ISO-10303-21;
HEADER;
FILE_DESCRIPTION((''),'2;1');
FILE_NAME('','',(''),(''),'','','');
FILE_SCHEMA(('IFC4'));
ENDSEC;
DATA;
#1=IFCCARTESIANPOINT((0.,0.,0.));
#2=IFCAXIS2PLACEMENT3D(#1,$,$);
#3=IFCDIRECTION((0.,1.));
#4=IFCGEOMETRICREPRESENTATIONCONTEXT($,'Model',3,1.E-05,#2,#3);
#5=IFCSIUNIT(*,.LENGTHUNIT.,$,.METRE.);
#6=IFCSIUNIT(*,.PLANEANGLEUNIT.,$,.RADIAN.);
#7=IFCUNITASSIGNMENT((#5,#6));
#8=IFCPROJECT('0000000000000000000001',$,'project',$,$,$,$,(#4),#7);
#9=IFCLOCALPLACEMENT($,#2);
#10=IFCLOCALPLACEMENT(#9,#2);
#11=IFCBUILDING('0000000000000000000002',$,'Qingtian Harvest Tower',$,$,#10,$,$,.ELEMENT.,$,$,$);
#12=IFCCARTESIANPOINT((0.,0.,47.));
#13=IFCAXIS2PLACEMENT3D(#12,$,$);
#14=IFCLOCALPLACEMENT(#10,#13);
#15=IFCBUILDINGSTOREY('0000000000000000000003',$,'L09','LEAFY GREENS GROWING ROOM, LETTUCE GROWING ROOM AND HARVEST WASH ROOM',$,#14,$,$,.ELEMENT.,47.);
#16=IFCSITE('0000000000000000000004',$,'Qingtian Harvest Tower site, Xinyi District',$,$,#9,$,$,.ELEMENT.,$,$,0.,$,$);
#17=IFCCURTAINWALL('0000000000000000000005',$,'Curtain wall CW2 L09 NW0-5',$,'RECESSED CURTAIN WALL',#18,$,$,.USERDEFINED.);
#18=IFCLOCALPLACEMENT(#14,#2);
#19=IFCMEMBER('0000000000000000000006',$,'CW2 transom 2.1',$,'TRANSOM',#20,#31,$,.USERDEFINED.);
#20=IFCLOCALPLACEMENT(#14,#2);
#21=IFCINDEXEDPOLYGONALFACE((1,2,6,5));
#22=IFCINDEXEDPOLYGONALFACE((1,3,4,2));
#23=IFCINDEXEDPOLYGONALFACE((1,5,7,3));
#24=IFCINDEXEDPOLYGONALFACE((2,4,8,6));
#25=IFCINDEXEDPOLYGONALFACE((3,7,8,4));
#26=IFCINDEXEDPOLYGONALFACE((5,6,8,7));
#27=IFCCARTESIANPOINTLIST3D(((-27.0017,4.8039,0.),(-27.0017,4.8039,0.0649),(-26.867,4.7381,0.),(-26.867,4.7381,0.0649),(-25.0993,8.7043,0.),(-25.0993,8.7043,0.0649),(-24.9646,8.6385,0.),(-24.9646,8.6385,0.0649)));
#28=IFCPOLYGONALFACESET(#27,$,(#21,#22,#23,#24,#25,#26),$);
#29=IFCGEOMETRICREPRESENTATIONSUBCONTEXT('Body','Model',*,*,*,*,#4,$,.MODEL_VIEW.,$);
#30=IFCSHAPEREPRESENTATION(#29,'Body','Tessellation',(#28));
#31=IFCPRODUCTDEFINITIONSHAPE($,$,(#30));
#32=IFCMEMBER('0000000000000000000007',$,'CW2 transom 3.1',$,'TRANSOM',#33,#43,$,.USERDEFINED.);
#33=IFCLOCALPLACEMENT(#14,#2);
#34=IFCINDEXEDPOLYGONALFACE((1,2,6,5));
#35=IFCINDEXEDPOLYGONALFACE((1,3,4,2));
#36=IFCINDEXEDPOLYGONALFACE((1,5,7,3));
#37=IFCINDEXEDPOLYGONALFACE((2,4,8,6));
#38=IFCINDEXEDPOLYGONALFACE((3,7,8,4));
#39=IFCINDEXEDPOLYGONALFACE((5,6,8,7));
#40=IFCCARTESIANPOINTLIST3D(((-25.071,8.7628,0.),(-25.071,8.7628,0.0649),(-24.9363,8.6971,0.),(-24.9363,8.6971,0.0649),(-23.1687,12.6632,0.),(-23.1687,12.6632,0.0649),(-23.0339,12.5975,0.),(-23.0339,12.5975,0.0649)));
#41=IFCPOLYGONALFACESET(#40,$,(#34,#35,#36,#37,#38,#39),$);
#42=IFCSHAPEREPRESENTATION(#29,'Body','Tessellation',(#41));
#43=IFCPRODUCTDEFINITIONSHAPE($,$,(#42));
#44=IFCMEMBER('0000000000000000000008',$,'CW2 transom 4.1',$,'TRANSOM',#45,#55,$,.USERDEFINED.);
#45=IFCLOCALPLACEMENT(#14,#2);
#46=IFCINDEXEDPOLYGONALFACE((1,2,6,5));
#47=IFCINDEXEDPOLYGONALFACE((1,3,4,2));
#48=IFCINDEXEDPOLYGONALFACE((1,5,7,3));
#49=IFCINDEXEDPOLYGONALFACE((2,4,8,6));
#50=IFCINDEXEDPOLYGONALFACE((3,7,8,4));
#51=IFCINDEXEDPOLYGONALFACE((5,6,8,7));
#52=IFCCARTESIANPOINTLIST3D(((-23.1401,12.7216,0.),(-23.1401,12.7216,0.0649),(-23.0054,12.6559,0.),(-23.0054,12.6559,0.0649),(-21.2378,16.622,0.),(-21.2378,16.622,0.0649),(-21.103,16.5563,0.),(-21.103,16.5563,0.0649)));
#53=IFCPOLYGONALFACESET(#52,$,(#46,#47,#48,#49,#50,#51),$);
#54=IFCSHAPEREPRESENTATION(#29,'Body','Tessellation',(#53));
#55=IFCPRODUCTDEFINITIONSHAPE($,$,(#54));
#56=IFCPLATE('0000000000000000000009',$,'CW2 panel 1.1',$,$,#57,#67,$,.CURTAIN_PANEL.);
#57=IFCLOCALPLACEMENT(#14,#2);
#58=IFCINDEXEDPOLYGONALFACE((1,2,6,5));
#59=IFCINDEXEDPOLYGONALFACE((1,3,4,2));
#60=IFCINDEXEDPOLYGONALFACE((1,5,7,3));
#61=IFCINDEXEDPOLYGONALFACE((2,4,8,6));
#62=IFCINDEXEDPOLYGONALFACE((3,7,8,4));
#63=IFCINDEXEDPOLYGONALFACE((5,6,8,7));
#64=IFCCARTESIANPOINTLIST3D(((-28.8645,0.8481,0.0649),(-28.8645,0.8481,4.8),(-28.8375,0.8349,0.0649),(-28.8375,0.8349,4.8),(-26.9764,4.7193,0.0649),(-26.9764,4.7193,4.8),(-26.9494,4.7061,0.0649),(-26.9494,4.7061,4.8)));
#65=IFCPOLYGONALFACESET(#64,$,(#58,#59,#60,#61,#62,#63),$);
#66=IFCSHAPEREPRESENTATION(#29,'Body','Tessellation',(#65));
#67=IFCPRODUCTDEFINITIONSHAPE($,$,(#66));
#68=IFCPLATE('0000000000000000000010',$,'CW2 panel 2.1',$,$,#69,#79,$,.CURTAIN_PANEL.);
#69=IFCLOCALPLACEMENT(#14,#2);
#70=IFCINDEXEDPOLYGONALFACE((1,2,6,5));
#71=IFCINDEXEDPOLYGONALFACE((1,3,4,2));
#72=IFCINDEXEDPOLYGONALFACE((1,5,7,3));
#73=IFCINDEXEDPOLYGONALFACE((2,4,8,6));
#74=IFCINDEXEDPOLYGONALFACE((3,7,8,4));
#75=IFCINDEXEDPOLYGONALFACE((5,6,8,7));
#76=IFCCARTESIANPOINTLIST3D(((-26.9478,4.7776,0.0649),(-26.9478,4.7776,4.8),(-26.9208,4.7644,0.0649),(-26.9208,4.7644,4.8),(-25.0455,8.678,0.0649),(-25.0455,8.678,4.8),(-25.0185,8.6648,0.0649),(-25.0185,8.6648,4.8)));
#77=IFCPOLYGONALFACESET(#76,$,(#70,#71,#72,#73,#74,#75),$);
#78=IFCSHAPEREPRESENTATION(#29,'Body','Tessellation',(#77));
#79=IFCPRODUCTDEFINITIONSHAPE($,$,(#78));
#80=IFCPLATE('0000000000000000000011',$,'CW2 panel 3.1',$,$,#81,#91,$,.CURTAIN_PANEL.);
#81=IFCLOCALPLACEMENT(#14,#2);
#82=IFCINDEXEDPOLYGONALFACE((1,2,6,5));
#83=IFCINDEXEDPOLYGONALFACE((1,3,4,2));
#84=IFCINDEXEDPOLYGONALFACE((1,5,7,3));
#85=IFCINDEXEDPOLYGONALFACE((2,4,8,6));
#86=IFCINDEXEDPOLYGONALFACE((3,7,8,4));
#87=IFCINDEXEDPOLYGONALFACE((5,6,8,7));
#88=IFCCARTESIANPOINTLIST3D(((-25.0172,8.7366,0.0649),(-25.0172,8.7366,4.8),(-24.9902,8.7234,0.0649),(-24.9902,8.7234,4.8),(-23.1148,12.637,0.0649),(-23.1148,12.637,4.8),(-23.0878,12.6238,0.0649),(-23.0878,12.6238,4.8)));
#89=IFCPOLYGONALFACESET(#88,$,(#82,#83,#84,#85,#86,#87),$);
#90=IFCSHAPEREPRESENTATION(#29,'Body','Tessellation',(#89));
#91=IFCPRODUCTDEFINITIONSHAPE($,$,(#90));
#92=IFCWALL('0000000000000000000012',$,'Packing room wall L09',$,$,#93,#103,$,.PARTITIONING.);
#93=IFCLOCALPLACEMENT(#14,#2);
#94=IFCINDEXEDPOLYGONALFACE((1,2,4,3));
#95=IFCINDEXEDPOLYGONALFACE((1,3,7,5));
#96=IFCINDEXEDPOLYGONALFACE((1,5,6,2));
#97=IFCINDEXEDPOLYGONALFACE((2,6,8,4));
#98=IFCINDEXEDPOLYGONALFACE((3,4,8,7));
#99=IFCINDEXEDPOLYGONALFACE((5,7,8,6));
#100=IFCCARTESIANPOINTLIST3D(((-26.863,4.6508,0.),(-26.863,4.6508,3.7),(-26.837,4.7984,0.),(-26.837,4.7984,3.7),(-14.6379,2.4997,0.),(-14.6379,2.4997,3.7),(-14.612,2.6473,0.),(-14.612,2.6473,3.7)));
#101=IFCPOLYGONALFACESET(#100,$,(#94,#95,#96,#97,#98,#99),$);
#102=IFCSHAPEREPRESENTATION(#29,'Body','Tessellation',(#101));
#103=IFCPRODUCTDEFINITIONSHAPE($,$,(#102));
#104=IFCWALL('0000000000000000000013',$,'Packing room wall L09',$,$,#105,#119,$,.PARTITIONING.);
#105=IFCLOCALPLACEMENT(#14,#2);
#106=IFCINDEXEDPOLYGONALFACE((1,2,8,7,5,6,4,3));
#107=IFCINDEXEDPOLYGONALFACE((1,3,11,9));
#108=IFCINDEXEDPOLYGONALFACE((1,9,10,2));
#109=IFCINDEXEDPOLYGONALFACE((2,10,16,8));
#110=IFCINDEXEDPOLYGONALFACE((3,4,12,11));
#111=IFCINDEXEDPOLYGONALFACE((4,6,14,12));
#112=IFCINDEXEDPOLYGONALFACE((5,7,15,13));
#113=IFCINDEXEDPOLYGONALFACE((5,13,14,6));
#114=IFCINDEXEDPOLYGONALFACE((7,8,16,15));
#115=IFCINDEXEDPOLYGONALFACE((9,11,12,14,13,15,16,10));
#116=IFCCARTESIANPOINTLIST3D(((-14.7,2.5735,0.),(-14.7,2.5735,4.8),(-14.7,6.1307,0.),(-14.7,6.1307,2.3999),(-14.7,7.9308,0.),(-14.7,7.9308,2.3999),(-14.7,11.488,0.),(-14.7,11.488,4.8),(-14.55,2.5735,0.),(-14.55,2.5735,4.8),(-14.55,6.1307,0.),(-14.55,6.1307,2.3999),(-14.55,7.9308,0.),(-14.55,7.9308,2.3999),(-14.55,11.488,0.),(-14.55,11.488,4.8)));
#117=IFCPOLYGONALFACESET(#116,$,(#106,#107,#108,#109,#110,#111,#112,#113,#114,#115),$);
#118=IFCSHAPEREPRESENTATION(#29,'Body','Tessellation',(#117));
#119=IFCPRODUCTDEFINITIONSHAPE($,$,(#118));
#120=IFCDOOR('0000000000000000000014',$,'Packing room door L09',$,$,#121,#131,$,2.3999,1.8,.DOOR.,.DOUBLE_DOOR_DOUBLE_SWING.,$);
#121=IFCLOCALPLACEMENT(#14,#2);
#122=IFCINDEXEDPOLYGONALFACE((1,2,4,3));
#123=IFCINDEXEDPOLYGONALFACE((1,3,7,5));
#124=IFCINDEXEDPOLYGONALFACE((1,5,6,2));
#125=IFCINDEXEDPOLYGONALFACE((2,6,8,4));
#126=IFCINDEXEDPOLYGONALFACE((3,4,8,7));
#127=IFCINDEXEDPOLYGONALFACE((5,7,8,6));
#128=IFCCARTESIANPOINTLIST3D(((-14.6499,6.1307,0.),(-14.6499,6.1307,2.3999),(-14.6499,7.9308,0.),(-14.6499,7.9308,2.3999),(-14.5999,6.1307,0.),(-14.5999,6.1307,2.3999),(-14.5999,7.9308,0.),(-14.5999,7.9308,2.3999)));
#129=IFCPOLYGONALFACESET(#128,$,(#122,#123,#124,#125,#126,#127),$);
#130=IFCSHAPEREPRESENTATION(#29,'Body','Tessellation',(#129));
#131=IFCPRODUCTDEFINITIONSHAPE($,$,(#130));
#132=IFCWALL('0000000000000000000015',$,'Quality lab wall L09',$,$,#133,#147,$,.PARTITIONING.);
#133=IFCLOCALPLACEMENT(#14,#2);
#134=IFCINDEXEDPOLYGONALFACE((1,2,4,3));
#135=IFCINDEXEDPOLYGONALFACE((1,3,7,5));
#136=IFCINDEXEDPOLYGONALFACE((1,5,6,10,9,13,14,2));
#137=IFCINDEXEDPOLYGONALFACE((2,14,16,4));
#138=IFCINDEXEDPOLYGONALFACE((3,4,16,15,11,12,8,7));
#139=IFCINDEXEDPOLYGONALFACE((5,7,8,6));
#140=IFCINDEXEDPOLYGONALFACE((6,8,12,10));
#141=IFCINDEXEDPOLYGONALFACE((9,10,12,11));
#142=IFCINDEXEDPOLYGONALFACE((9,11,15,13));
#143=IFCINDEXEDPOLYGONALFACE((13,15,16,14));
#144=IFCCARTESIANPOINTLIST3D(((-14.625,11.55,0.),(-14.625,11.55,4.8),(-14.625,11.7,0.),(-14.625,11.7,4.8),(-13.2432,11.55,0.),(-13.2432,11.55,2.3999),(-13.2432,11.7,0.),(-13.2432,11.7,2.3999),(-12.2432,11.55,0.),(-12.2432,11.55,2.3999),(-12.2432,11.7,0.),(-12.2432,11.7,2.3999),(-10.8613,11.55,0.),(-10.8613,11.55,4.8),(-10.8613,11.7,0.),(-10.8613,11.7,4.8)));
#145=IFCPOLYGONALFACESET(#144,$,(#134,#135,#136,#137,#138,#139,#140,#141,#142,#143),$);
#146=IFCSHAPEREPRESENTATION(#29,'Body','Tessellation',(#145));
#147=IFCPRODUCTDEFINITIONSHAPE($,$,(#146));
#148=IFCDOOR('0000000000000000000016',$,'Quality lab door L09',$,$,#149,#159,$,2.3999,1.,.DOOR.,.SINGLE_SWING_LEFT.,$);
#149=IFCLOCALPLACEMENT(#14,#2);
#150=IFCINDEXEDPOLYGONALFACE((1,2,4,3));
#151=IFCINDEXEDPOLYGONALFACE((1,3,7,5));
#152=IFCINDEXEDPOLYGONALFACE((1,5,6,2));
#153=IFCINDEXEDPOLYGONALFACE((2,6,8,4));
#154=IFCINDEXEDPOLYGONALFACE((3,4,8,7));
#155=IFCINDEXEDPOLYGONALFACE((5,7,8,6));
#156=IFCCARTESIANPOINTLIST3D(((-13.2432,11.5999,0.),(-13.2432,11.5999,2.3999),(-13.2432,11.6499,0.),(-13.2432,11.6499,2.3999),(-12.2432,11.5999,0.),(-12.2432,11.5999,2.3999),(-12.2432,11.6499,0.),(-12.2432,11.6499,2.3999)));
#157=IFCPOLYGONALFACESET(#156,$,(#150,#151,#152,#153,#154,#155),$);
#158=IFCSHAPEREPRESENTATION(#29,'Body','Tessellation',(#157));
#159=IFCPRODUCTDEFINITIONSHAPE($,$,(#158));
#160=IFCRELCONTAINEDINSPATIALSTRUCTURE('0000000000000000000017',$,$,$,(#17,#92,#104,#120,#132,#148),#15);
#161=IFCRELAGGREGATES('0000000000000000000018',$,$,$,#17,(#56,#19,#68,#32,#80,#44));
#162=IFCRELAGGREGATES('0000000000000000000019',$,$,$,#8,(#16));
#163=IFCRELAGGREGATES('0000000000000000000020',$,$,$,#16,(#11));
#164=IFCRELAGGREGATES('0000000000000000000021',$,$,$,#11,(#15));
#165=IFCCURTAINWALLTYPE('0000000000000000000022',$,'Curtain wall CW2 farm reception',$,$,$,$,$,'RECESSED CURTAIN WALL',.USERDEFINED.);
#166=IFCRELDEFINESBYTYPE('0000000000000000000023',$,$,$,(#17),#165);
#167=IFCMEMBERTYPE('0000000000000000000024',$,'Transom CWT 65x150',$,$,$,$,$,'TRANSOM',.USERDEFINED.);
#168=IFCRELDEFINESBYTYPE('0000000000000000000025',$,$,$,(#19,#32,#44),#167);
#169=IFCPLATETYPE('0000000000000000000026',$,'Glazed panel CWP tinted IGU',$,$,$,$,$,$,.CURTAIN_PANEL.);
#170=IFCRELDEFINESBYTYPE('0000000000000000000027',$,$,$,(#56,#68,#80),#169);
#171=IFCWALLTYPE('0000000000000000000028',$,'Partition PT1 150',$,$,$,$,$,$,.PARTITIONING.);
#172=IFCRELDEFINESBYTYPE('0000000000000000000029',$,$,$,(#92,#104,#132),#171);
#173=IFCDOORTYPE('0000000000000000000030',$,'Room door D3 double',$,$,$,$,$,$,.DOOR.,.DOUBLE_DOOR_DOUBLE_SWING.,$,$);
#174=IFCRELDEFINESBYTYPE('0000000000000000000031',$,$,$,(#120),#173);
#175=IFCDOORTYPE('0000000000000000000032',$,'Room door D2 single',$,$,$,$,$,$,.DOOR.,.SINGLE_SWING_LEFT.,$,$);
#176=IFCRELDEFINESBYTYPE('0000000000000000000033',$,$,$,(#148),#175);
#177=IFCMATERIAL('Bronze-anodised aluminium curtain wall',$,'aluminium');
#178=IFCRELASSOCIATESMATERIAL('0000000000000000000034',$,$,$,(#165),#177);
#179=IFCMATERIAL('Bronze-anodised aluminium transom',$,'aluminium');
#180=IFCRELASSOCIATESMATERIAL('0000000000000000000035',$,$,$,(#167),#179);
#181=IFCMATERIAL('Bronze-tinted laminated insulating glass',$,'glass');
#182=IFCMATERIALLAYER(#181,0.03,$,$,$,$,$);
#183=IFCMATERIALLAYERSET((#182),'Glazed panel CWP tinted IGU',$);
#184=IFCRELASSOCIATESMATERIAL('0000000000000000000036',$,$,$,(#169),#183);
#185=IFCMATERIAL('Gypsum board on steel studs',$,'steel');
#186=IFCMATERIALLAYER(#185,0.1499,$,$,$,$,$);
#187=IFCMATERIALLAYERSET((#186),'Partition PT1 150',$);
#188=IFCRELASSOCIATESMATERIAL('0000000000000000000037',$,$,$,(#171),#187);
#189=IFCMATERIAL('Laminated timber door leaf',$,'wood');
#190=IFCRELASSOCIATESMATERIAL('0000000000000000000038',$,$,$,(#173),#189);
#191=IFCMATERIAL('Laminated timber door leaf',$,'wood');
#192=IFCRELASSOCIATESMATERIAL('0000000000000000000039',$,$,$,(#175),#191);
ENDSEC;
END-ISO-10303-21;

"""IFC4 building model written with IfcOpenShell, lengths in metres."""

from ifc_helpers import new_model, si_unit, direction, frame, frame_2d, origin, origin_2d, place, context, subcontext, project, spatial, rectangle, extrude, material, layer, layer_set, material_profile, profile_set, type_object, element, fill, aggregate, save


model = new_model("IFC4")

# Units and contexts
model_context = context("Model", 3, precision=1e-05, world=origin(), true_north=direction((0.0, 1.0)))
body_context = subcontext(model_context, "Body", "Model", "MODEL_VIEW")
ifc_project = project(units=[si_unit("LENGTHUNIT", "METRE"), si_unit("PLANEANGLEUNIT", "RADIAN")], contexts=[model_context])

# Site, building, storey
site_placement = place(None, origin())
site = spatial("IfcSite", under=ifc_project, at=site_placement, Name="Qingtian Harvest Tower site, Xinyi District", CompositionType="ELEMENT", RefElevation=0.0)
building_placement = place(site_placement, origin())
building = spatial("IfcBuilding", under=site, at=building_placement, Name="Qingtian Harvest Tower", CompositionType="ELEMENT")
storey_placement = place(building_placement, frame((0.0, 0.0, 47.0)))
storey = spatial("IfcBuildingStorey", under=building, at=storey_placement, Name="L09", Description="LEAFY GREENS GROWING ROOM, LETTUCE GROWING ROOM AND HARVEST WASH ROOM", CompositionType="ELEMENT", Elevation=47.0)

# Shared definitions
ifc_material_1 = material(Name="Bronze-anodised aluminium curtain wall", Category="aluminium")
curtain_wall_type = type_object("IfcCurtainWallType", Name="Curtain wall CW2 farm reception", ElementType="RECESSED CURTAIN WALL", PredefinedType="USERDEFINED", material=ifc_material_1)

# Curtain wall
curtain_wall_1_placement = place(storey_placement, origin())
curtain_wall_1 = element("IfcCurtainWall", 1, at=curtain_wall_1_placement, inside=storey, type_object=curtain_wall_type, Name="Curtain wall CW2 L09 NW0-5", ObjectType="RECESSED CURTAIN WALL", PredefinedType="USERDEFINED")

# Members
ifc_material_2 = material(Name="Bronze-anodised aluminium transom", Category="aluminium")
ifc_material_profile_1 = material_profile(ifc_material_2, rectangle(XDim=0.1499, YDim=0.0649, at=origin_2d()), Name="AL 65x150")
ifc_profile_set_1 = profile_set([ifc_material_profile_1], Name="Bronze-anodised aluminium transom")
member_type_1 = type_object("IfcMemberType", Name="Transom CWT 65x150", ElementType="TRANSOM", PredefinedType="USERDEFINED", material=ifc_profile_set_1)
member_1_placement = place(storey_placement, frame((-26.9343, 4.771, 0.0325), z_axis=(0.43837, 0.898794, 0.0), x_axis=(-0.898794, 0.43837, 0.0)))
member_1 = element("IfcMember", 2, at=member_1_placement, type_object=member_type_1, Name="CW2 transom 2.1", ObjectType="TRANSOM", PredefinedType="USERDEFINED", context=body_context, shape_type="SweptSolid", body=[
    extrude(rectangle(XDim=0.1499, YDim=0.0649, at=origin_2d()), origin(), (0.0, 0.0, 1.0), 4.3396),
])
member_2_placement = place(storey_placement, frame((-25.0037, 8.73, 0.0325), z_axis=(0.43837, 0.898794, 0.0), x_axis=(-0.898794, 0.43837, 0.0)))
member_2 = element("IfcMember", 3, at=member_2_placement, type_object=member_type_1, Name="CW2 transom 3.1", ObjectType="TRANSOM", PredefinedType="USERDEFINED", context=body_context, shape_type="SweptSolid", body=[
    extrude(rectangle(XDim=0.1499, YDim=0.0649, at=origin_2d()), origin(), (0.0, 0.0, 1.0), 4.3396),
])
member_3_placement = place(storey_placement, frame((-23.0728, 12.6887, 0.0325), z_axis=(0.43837, 0.898794, 0.0), x_axis=(-0.898794, 0.43837, 0.0)))
member_3 = element("IfcMember", 4, at=member_3_placement, type_object=member_type_1, Name="CW2 transom 4.1", ObjectType="TRANSOM", PredefinedType="USERDEFINED", context=body_context, shape_type="SweptSolid", body=[
    extrude(rectangle(XDim=0.1499, YDim=0.0649, at=origin_2d()), origin(), (0.0, 0.0, 1.0), 4.3396),
])

# Plates
ifc_material_3 = material(Name="Bronze-tinted laminated insulating glass", Category="glass")
ifc_layer_1 = layer(ifc_material_3, 0.03)
ifc_layer_set_1 = layer_set([ifc_layer_1], Name="Glazed panel CWP tinted IGU")
plate_type = type_object("IfcPlateType", Name="Glazed panel CWP tinted IGU", PredefinedType="CURTAIN_PANEL", material=ifc_layer_set_1)
plate_1_placement = place(storey_placement, frame((-27.907, 2.7771, 0.0649), z_axis=(0.0, 0.0, 1.0), x_axis=(0.438371, 0.898794, 0.0)))
plate_1 = element("IfcPlate", 5, at=plate_1_placement, type_object=plate_type, Name="CW2 panel 1.1", PredefinedType="CURTAIN_PANEL", context=body_context, shape_type="SweptSolid", body=[
    extrude(rectangle(XDim=4.3071, YDim=0.03, at=origin_2d()), origin(), (0.0, 0.0, 1.0), 4.7351),
])
plate_2_placement = place(storey_placement, frame((-25.9832, 6.7212, 0.0649), z_axis=(0.0, 0.0, 1.0), x_axis=(0.438371, 0.898794, 0.0)))
plate_2 = element("IfcPlate", 6, at=plate_2_placement, type_object=plate_type, Name="CW2 panel 2.1", PredefinedType="CURTAIN_PANEL", context=body_context, shape_type="SweptSolid", body=[
    extrude(rectangle(XDim=4.3396, YDim=0.03, at=origin_2d()), origin(), (0.0, 0.0, 1.0), 4.7351),
])
plate_3_placement = place(storey_placement, frame((-24.0525, 10.6802, 0.0649), z_axis=(0.0, 0.0, 1.0), x_axis=(0.438371, 0.898794, 0.0)))
plate_3 = element("IfcPlate", 7, at=plate_3_placement, type_object=plate_type, Name="CW2 panel 3.1", PredefinedType="CURTAIN_PANEL", context=body_context, shape_type="SweptSolid", body=[
    extrude(rectangle(XDim=4.3396, YDim=0.03, at=origin_2d()), origin(), (0.0, 0.0, 1.0), 4.7351),
])
aggregate(curtain_wall_1, [plate_1, member_1, plate_2, member_2, plate_3, member_3])

# Wall
ifc_material_4 = material(Name="Gypsum board on steel studs", Category="steel")
ifc_layer_2 = layer(ifc_material_4, 0.1499)
ifc_layer_set_2 = layer_set([ifc_layer_2], Name="Partition PT1 150")
wall_type = type_object("IfcWallType", Name="Partition PT1 150", PredefinedType="PARTITIONING", material=ifc_layer_set_2)
wall_1_placement = place(storey_placement, frame((-26.8501, 4.7246, 0.0), z_axis=(0.0, 0.0, 1.0), x_axis=(0.98487, -0.173297, 0.0)))
element("IfcWall", 8, at=wall_1_placement, inside=storey, type_object=wall_type, Name="Packing room wall L09", PredefinedType="PARTITIONING", context=body_context, shape_type="SweptSolid", body=[
    extrude(rectangle(XDim=12.4128, YDim=0.1499, at=frame_2d((6.2065, 0.0))), origin(), (0.0, 0.0, 1.0), 3.7),
])

# Walls, openings, doors
wall_2_placement = place(storey_placement, frame((-14.625, 2.5735, 0.0), z_axis=(0.0, 0.0, 1.0), x_axis=(0.0, 1.0, 0.0)))
wall_2 = element("IfcWall", 9, at=wall_2_placement, inside=storey, type_object=wall_type, Name="Packing room wall L09", PredefinedType="PARTITIONING", context=body_context, shape_type="SweptSolid", body=[
    extrude(rectangle(XDim=8.9146, YDim=0.1499, at=frame_2d((4.4573, 0.0))), origin(), (0.0, 0.0, 1.0), 4.8),
])
opening_1_placement = place(wall_2_placement, frame((3.5574, 0.0, 0.0)))
opening_1 = element("IfcOpeningElement", 10, at=opening_1_placement, cuts=wall_2, PredefinedType="OPENING", context=body_context, shape_type="SweptSolid", body=[
    extrude(rectangle(XDim=1.8, YDim=2.3999, at=frame_2d((0.8999, 1.2))), frame((0.0, 0.085, 0.0), z_axis=(0.0, -1.0, 0.0), x_axis=(1.0, 0.0, 0.0)), (0.0, 0.0, 1.0), 0.1699),
])
ifc_material_5 = material(Name="Laminated timber door leaf", Category="wood")
door_type_1 = type_object("IfcDoorType", Name="Room door D3 double", OperationType="DOUBLE_DOOR_DOUBLE_SWING", PredefinedType="DOOR", material=ifc_material_5)
door_1_placement = place(opening_1_placement, origin())
door_1 = element("IfcDoor", 11, at=door_1_placement, inside=storey, type_object=door_type_1, Name="Packing room door L09", OperationType="DOUBLE_DOOR_DOUBLE_SWING", OverallHeight=2.3999, OverallWidth=1.8, PredefinedType="DOOR", context=body_context, shape_type="SweptSolid", body=[
    extrude(rectangle(XDim=1.8, YDim=2.3999, at=frame_2d((0.8999, 1.2))), frame((0.0, 0.0249, 0.0), z_axis=(0.0, -1.0, 0.0), x_axis=(1.0, 0.0, 0.0)), (0.0, 0.0, 1.0), 0.05),
])
fill(opening_1, door_1)
wall_3_placement = place(storey_placement, frame((-14.625, 11.625, 0.0), z_axis=(0.0, 0.0, 1.0), x_axis=(1.0, 0.0, 0.0)))
wall_3 = element("IfcWall", 12, at=wall_3_placement, inside=storey, type_object=wall_type, Name="Quality lab wall L09", PredefinedType="PARTITIONING", context=body_context, shape_type="SweptSolid", body=[
    extrude(rectangle(XDim=3.7637, YDim=0.1499, at=frame_2d((1.8818, 0.0))), origin(), (0.0, 0.0, 1.0), 4.8),
])
opening_2_placement = place(wall_3_placement, frame((1.3818, 0.0, 0.0)))
opening_2 = element("IfcOpeningElement", 13, at=opening_2_placement, cuts=wall_3, PredefinedType="OPENING", context=body_context, shape_type="SweptSolid", body=[
    extrude(rectangle(XDim=1.0, YDim=2.3999, at=frame_2d((0.5, 1.2))), frame((0.0, 0.085, 0.0), z_axis=(0.0, -1.0, 0.0), x_axis=(1.0, 0.0, 0.0)), (0.0, 0.0, 1.0), 0.1699),
])
ifc_material_6 = material(Name="Laminated timber door leaf", Category="wood")
door_type_2 = type_object("IfcDoorType", Name="Room door D2 single", OperationType="SINGLE_SWING_LEFT", PredefinedType="DOOR", material=ifc_material_6)
door_2_placement = place(opening_2_placement, origin())
door_2 = element("IfcDoor", 14, at=door_2_placement, inside=storey, type_object=door_type_2, Name="Quality lab door L09", OperationType="SINGLE_SWING_LEFT", OverallHeight=2.3999, OverallWidth=1.0, PredefinedType="DOOR", context=body_context, shape_type="SweptSolid", body=[
    extrude(rectangle(XDim=1.0, YDim=2.3999, at=frame_2d((0.5, 1.2))), frame((0.0, 0.0249, 0.0), z_axis=(0.0, -1.0, 0.0), x_axis=(1.0, 0.0, 0.0)), (0.0, 0.0, 1.0), 0.05),
])
fill(opening_2, door_2)

save(model, "model.ifc")
